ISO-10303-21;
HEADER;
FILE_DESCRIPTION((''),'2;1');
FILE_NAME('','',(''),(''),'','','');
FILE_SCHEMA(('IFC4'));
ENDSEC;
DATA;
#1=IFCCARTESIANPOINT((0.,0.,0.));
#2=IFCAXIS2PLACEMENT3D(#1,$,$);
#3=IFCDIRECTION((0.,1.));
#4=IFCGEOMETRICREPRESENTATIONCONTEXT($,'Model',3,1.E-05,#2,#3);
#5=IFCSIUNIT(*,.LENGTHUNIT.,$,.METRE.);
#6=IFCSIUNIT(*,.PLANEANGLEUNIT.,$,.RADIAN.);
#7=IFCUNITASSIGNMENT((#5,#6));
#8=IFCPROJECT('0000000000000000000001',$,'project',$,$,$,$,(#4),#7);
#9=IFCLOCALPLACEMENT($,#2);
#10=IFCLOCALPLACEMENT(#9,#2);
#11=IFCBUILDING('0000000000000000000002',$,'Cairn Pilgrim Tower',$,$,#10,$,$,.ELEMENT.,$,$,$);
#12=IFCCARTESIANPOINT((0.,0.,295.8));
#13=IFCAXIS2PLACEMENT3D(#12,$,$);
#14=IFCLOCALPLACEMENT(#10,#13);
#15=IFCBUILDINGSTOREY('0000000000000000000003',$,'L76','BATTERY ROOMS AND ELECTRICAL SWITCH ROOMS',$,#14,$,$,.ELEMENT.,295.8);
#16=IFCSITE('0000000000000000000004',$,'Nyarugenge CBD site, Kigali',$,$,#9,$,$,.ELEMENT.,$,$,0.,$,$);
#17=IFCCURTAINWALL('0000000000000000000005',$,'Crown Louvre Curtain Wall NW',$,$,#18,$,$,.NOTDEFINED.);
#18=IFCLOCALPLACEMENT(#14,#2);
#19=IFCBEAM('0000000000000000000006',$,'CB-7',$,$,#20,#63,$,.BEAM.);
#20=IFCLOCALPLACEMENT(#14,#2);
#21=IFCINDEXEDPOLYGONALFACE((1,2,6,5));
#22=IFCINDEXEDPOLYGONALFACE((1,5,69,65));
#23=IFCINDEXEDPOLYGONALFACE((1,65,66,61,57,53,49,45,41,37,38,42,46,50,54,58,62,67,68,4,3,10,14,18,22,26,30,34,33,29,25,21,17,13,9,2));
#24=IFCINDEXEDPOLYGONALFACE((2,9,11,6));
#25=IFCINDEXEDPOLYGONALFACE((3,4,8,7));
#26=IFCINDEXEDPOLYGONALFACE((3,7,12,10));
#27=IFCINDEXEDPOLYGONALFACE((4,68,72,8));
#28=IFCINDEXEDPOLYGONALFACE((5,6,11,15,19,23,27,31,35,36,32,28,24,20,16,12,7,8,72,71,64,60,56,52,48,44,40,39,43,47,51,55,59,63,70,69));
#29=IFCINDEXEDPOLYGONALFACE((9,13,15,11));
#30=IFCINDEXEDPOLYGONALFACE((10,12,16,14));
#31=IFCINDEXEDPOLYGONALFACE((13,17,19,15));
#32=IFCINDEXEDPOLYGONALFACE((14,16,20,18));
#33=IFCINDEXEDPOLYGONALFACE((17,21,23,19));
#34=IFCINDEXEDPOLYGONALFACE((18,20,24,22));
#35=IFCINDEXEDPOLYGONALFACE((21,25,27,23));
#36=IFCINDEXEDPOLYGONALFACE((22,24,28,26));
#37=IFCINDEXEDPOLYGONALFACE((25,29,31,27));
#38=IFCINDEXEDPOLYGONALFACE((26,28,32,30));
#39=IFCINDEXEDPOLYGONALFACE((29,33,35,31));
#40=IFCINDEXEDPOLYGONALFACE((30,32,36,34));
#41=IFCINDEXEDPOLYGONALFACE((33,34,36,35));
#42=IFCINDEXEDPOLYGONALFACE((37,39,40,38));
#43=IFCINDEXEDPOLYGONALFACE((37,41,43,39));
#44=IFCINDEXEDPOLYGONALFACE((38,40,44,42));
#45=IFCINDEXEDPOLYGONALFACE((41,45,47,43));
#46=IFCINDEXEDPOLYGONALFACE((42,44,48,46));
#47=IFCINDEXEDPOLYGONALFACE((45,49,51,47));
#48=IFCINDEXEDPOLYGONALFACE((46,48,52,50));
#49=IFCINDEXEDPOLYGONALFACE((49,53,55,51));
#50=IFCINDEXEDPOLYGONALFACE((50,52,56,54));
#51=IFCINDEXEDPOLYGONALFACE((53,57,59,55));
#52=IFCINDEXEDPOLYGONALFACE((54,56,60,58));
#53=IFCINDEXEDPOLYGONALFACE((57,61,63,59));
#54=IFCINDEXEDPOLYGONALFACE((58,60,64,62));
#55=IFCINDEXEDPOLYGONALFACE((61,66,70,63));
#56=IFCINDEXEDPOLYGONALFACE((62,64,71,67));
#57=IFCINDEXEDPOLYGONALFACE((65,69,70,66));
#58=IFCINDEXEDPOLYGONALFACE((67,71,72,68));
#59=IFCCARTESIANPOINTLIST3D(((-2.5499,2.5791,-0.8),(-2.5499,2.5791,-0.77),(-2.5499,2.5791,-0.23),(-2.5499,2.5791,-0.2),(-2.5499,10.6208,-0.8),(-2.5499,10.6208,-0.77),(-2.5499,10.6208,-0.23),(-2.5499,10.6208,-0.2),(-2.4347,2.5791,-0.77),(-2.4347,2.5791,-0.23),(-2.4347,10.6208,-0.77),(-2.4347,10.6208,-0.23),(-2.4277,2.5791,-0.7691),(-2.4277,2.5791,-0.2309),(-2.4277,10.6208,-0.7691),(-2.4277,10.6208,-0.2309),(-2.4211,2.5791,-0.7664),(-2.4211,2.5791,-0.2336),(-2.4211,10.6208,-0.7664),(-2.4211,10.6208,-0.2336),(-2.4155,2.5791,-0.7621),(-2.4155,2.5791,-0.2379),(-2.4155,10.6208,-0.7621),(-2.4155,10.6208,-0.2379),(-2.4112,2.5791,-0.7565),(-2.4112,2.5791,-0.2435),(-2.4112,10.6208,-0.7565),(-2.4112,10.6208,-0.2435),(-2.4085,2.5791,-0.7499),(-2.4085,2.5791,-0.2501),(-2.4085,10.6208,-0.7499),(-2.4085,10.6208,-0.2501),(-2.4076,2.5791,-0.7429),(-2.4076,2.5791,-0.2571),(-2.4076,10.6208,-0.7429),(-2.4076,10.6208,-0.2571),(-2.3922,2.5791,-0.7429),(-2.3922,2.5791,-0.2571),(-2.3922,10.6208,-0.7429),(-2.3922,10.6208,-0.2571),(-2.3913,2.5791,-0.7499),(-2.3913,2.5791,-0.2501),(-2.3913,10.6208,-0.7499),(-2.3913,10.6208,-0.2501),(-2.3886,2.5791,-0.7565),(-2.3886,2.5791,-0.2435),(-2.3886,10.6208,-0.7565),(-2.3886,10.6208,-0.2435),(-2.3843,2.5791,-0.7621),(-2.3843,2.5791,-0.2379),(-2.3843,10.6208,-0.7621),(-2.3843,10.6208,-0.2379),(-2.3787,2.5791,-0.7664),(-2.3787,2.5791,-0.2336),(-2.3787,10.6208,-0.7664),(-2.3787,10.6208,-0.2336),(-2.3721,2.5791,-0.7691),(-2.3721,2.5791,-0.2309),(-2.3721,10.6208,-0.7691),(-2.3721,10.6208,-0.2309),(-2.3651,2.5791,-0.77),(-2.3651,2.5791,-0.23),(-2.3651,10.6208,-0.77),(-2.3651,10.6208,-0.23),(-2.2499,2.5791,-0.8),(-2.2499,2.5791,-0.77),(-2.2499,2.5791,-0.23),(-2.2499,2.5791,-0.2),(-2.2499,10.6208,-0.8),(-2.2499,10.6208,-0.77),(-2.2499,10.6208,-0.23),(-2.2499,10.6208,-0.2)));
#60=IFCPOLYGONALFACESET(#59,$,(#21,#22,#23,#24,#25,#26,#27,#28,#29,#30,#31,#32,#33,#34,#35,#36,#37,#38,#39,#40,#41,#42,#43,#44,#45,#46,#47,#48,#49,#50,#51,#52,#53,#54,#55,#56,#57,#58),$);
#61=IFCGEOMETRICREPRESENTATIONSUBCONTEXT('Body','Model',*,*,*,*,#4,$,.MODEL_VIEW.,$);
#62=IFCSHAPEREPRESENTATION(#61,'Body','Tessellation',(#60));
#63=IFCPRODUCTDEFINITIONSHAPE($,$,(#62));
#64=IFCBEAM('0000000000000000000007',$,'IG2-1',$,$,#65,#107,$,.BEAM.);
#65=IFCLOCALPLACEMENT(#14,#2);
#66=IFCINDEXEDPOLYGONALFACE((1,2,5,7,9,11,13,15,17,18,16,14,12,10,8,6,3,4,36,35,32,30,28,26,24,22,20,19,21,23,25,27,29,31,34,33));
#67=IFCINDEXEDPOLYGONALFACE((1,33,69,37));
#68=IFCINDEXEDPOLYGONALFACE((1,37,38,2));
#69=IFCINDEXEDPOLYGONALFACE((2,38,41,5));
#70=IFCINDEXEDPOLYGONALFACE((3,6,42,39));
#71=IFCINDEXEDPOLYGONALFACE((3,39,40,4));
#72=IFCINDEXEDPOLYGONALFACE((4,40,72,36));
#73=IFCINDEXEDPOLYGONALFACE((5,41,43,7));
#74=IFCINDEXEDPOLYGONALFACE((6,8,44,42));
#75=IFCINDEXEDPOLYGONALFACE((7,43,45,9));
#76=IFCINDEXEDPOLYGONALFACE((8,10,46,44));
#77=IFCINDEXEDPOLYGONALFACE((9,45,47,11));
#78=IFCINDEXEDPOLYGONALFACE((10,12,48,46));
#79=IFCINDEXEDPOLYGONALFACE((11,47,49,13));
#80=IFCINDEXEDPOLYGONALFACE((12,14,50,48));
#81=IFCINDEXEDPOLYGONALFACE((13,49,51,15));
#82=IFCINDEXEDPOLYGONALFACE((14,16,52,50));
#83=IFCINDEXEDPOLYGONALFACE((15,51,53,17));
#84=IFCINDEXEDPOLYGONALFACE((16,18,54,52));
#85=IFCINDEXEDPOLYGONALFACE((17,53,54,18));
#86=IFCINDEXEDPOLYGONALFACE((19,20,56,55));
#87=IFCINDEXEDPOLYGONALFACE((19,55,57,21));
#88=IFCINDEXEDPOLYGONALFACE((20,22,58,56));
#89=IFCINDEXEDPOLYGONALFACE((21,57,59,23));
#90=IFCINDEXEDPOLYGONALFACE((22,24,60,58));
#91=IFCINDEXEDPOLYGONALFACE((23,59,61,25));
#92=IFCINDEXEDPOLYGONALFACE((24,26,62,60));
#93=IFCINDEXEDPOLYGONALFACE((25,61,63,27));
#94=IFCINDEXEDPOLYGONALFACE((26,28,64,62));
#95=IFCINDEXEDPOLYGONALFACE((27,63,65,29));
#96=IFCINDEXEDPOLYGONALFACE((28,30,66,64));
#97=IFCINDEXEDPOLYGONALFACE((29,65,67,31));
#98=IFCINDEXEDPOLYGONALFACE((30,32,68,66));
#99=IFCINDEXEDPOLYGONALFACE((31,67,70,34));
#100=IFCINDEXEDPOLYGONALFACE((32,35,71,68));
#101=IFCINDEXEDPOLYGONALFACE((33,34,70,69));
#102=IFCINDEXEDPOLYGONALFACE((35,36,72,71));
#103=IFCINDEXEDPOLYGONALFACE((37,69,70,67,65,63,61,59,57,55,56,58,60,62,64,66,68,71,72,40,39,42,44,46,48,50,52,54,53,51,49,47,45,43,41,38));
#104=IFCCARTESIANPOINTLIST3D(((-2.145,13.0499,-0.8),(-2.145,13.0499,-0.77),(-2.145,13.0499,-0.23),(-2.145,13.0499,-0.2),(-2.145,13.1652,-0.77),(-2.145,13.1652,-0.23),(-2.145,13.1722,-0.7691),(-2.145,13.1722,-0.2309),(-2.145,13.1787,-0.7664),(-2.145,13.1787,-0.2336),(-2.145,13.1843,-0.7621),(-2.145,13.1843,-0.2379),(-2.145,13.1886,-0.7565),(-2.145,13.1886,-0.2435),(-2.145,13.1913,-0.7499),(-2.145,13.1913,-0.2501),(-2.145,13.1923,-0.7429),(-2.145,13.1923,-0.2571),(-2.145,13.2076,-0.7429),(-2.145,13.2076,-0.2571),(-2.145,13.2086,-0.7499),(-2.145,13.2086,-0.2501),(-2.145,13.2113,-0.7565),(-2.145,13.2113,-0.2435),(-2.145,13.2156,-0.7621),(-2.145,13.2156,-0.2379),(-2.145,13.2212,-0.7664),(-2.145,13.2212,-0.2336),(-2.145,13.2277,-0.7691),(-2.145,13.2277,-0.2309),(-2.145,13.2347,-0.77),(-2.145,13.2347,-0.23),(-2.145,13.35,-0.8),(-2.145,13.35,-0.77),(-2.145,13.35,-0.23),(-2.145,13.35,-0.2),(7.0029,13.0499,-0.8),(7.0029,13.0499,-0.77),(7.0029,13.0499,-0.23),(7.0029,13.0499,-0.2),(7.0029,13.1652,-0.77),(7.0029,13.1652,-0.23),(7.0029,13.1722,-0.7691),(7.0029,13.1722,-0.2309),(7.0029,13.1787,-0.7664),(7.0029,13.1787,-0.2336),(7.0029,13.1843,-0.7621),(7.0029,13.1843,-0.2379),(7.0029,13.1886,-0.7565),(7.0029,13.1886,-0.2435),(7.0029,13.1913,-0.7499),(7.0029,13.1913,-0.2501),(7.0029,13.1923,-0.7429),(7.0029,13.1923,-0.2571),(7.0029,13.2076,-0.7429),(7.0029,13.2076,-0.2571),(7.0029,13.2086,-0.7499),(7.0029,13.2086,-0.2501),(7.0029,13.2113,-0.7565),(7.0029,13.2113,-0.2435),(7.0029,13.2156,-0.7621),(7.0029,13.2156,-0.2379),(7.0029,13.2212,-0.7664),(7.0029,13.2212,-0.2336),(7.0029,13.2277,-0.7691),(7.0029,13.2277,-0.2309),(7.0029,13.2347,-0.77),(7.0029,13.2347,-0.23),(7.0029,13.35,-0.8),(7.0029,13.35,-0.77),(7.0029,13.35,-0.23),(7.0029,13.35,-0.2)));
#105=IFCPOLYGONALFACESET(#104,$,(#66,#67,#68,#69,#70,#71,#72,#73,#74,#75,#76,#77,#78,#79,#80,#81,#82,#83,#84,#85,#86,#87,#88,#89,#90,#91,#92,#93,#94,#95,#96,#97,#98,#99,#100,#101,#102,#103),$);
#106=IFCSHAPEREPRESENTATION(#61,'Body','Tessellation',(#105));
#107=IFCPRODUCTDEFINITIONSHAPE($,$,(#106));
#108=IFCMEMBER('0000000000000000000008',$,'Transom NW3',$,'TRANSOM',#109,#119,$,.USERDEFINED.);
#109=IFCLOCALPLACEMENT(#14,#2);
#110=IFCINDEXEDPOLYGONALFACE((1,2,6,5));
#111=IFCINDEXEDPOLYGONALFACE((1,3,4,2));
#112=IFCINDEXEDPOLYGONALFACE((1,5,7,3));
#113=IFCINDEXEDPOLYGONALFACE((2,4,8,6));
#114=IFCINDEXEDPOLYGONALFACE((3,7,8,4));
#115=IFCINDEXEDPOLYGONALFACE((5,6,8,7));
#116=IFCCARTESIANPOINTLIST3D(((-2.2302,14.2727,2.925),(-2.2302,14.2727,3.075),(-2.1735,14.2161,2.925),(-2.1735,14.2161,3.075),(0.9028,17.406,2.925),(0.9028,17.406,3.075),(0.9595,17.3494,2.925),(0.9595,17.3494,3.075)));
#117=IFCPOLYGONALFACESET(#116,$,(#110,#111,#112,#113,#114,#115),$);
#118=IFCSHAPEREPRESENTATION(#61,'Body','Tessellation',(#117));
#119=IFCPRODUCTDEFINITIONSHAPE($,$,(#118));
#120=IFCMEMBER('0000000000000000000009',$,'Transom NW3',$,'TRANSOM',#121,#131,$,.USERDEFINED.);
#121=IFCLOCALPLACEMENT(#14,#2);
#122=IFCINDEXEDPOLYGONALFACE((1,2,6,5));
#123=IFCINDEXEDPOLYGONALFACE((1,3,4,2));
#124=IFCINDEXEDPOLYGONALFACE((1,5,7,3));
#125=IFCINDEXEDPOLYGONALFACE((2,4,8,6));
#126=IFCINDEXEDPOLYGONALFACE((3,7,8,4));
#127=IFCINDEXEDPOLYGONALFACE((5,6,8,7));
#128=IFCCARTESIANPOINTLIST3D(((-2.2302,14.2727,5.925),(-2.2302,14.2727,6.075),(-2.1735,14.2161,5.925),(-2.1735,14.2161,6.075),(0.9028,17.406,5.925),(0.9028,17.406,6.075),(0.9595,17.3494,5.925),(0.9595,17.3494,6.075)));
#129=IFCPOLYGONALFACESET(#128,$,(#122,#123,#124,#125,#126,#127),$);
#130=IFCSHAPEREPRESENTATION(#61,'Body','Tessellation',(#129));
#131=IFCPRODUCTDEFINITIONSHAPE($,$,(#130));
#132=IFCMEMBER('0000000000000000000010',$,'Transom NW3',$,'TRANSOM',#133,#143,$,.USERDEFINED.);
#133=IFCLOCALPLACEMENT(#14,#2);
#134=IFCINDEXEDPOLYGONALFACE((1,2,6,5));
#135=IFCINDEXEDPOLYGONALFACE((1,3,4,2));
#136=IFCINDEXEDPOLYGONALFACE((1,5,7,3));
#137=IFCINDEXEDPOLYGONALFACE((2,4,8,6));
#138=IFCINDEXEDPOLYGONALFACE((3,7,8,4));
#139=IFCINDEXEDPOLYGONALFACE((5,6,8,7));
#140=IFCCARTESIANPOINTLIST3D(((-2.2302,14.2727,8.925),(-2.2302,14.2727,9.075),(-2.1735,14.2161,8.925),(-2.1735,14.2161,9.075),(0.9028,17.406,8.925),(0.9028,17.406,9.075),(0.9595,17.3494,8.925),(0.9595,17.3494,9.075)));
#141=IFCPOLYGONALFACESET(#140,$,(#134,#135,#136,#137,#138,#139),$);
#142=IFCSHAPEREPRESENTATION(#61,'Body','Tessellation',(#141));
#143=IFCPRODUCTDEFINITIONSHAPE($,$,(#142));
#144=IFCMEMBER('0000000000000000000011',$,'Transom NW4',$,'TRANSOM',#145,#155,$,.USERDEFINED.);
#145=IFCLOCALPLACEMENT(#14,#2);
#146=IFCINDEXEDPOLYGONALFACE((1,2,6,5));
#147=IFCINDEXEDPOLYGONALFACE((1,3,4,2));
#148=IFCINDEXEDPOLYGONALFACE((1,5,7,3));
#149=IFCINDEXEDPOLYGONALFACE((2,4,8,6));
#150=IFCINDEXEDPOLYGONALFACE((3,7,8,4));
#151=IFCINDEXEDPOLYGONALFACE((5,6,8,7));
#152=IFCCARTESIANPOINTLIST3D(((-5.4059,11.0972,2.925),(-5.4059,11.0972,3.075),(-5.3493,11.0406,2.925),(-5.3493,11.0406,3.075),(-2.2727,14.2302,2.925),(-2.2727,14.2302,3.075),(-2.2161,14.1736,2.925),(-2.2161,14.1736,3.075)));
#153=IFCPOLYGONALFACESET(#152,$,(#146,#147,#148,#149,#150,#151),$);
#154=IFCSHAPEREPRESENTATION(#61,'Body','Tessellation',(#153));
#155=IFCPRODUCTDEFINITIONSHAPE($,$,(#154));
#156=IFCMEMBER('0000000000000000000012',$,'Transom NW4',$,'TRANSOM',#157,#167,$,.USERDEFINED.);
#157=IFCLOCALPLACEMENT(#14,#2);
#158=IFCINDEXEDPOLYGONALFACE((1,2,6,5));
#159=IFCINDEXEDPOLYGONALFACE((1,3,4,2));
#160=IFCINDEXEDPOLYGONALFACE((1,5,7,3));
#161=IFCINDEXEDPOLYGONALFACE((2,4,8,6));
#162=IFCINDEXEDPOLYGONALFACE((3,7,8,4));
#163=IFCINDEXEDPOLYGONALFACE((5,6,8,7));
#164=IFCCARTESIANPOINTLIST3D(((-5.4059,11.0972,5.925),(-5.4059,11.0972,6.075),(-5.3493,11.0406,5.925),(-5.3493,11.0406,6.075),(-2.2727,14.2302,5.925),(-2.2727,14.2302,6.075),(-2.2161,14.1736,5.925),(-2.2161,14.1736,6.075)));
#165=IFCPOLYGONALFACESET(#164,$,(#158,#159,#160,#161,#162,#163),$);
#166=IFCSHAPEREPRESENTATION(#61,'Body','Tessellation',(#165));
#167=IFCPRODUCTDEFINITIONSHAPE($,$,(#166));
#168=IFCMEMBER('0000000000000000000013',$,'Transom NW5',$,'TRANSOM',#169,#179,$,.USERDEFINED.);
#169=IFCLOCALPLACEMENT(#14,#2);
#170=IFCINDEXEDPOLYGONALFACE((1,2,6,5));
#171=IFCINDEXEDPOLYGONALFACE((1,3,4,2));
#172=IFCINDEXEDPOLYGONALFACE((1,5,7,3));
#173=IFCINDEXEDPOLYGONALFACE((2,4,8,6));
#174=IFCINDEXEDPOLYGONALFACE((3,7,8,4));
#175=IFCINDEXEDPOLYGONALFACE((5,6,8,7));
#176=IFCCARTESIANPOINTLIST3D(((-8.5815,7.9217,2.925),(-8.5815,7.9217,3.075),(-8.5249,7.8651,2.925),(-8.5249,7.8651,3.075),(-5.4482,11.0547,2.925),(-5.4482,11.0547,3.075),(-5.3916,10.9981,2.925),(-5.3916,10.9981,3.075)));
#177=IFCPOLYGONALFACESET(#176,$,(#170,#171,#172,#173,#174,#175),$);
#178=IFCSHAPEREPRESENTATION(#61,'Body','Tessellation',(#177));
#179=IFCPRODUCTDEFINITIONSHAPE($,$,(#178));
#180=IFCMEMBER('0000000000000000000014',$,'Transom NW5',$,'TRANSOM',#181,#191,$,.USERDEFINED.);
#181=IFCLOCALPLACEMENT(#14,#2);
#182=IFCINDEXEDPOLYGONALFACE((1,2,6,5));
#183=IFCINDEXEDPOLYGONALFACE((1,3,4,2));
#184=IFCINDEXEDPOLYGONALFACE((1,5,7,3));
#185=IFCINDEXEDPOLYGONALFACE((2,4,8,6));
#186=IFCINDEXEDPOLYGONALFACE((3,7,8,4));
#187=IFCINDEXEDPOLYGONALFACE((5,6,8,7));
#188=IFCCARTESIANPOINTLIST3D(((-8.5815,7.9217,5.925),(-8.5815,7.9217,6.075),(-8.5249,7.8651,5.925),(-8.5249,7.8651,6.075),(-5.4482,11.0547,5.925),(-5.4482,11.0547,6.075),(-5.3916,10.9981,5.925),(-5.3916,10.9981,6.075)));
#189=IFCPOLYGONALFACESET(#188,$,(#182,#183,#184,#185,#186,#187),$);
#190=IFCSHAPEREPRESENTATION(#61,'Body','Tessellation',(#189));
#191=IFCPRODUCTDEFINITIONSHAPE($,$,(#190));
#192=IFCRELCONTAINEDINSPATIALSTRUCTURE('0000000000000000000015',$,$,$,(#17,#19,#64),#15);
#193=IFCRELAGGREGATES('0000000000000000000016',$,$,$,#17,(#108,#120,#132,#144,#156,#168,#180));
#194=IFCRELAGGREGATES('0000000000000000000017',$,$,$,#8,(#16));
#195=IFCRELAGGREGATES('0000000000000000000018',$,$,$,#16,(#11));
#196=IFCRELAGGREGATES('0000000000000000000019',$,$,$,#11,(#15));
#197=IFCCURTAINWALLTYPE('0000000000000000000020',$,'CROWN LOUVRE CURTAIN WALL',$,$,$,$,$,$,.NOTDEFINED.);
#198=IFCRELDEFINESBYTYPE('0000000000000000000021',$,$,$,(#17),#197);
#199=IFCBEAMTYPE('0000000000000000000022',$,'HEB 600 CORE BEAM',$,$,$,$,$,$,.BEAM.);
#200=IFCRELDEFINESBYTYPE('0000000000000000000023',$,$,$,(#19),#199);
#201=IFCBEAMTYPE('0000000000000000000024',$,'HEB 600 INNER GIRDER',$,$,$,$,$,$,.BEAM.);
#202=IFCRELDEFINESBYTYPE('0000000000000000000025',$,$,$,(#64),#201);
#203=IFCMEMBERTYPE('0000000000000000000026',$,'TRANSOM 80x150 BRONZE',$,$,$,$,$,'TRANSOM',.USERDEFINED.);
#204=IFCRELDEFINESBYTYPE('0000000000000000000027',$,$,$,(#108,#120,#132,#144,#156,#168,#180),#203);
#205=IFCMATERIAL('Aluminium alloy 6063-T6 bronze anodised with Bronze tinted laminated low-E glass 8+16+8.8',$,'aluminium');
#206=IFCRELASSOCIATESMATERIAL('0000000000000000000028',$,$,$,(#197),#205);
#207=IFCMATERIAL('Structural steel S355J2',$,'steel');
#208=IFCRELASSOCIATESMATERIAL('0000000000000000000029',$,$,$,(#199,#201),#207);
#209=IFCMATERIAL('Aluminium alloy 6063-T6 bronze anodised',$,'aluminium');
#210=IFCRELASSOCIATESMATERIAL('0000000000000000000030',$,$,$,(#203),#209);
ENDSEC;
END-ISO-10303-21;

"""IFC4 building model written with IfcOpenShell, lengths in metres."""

from ifc_helpers import new_model, si_unit, direction, frame, origin, origin_2d, place, context, subcontext, project, spatial, rectangle, i_section, extrude, material, material_profile, profile_set, type_object, element, aggregate, save


model = new_model("IFC4")

# Units and contexts
model_context = context("Model", 3, precision=1e-05, world=origin(), true_north=direction((0.0, 1.0)))
body_context = subcontext(model_context, "Body", "Model", "MODEL_VIEW")
ifc_project = project(units=[si_unit("LENGTHUNIT", "METRE"), si_unit("PLANEANGLEUNIT", "RADIAN")], contexts=[model_context])

# Site, building, storey
site_placement = place(None, origin())
site = spatial("IfcSite", under=ifc_project, at=site_placement, Name="Nyarugenge CBD site, Kigali", CompositionType="ELEMENT", RefElevation=0.0)
building_placement = place(site_placement, origin())
building = spatial("IfcBuilding", under=site, at=building_placement, Name="Cairn Pilgrim Tower", CompositionType="ELEMENT")
storey_placement = place(building_placement, frame((0.0, 0.0, 295.8)))
storey = spatial("IfcBuildingStorey", under=building, at=storey_placement, Name="L76", Description="BATTERY ROOMS AND ELECTRICAL SWITCH ROOMS", CompositionType="ELEMENT", Elevation=295.8)

# Shared definitions
ifc_material_1 = material(Name="Structural steel S355J2", Category="steel")

# Curtain wall
ifc_material_2 = material(Name="Aluminium alloy 6063-T6 bronze anodised with Bronze tinted laminated low-E glass 8+16+8.8", Category="aluminium")
curtain_wall_type = type_object("IfcCurtainWallType", Name="CROWN LOUVRE CURTAIN WALL", PredefinedType="NOTDEFINED", material=ifc_material_2)
curtain_wall_placement = place(storey_placement, origin())
curtain_wall = element("IfcCurtainWall", 1, at=curtain_wall_placement, inside=storey, type_object=curtain_wall_type, Name="Crown Louvre Curtain Wall NW", PredefinedType="NOTDEFINED")
ifc_material_3 = material(Name="Aluminium alloy 6063-T6 bronze anodised", Category="aluminium")

# Beams
ifc_material_profile_1 = material_profile(ifc_material_1, i_section(OverallWidth=0.3, OverallDepth=0.6001, WebThickness=0.0154, FlangeThickness=0.03, FilletRadius=0.0271, at=origin_2d()), Name="HEB 600")
ifc_profile_set_1 = profile_set([ifc_material_profile_1], Name="Structural steel S355J2")
beam_type_1 = type_object("IfcBeamType", Name="HEB 600 CORE BEAM", PredefinedType="BEAM", material=ifc_profile_set_1)
beam_1_placement = place(storey_placement, frame((-2.3999, 10.6208, -0.5), z_axis=(0.0, -1.0, 0.0), x_axis=(1.0, 0.0, 0.0)))
element("IfcBeam", 2, at=beam_1_placement, inside=storey, type_object=beam_type_1, Name="CB-7", PredefinedType="BEAM", context=body_context, shape_type="SweptSolid", body=[
    extrude(i_section(OverallWidth=0.3, OverallDepth=0.6001, WebThickness=0.0154, FlangeThickness=0.03, FilletRadius=0.0271, at=origin_2d()), origin(), (0.0, 0.0, 1.0), 8.0417),
])
ifc_material_profile_2 = material_profile(ifc_material_1, i_section(OverallWidth=0.3, OverallDepth=0.6001, WebThickness=0.0154, FlangeThickness=0.03, FilletRadius=0.0271, at=origin_2d()), Name="HEB 600")
ifc_profile_set_2 = profile_set([ifc_material_profile_2], Name="Structural steel S355J2")
beam_type_2 = type_object("IfcBeamType", Name="HEB 600 INNER GIRDER", PredefinedType="BEAM", material=ifc_profile_set_2)
beam_2_placement = place(storey_placement, frame((-2.145, 13.2, -0.5), z_axis=(1.0, 0.0, 0.0), x_axis=(0.0, 1.0, 0.0)))
element("IfcBeam", 3, at=beam_2_placement, inside=storey, type_object=beam_type_2, Name="IG2-1", PredefinedType="BEAM", context=body_context, shape_type="SweptSolid", body=[
    extrude(i_section(OverallWidth=0.3, OverallDepth=0.6001, WebThickness=0.0154, FlangeThickness=0.03, FilletRadius=0.0271, at=origin_2d()), origin(), (0.0, 0.0, 1.0), 9.1479),
])

# Members
ifc_material_profile_3 = material_profile(ifc_material_3, rectangle(XDim=0.0801, YDim=0.1499, at=origin_2d()), Name="TRANSOM 80x150 BRONZE")
ifc_profile_set_3 = profile_set([ifc_material_profile_3], Name="Aluminium alloy 6063-T6 bronze anodised")
member_type_1 = type_object("IfcMemberType", Name="TRANSOM 80x150 BRONZE", ElementType="TRANSOM", PredefinedType="USERDEFINED", material=ifc_profile_set_3)
member_1_placement = place(storey_placement, frame((0.9312, 17.3777, 3.0), z_axis=(-0.707079, -0.707134, 0.0), x_axis=(0.707134, -0.707079, 0.0)))
member_1 = element("IfcMember", 4, at=member_1_placement, type_object=member_type_1, Name="Transom NW3", ObjectType="TRANSOM", PredefinedType="USERDEFINED", context=body_context, shape_type="SweptSolid", body=[
    extrude(rectangle(XDim=0.0801, YDim=0.1499, at=origin_2d()), origin(), (0.0, 0.0, 1.0), 4.4309),
])
member_2_placement = place(storey_placement, frame((0.9312, 17.3777, 6.0), z_axis=(-0.707079, -0.707134, 0.0), x_axis=(0.707134, -0.707079, 0.0)))
member_2 = element("IfcMember", 5, at=member_2_placement, type_object=member_type_1, Name="Transom NW3", ObjectType="TRANSOM", PredefinedType="USERDEFINED", context=body_context, shape_type="SweptSolid", body=[
    extrude(rectangle(XDim=0.0801, YDim=0.1499, at=origin_2d()), origin(), (0.0, 0.0, 1.0), 4.4309),
])
member_3_placement = place(storey_placement, frame((0.9312, 17.3777, 9.0), z_axis=(-0.707079, -0.707134, 0.0), x_axis=(0.707134, -0.707079, 0.0)))
member_3 = element("IfcMember", 6, at=member_3_placement, type_object=member_type_1, Name="Transom NW3", ObjectType="TRANSOM", PredefinedType="USERDEFINED", context=body_context, shape_type="SweptSolid", body=[
    extrude(rectangle(XDim=0.0801, YDim=0.1499, at=origin_2d()), origin(), (0.0, 0.0, 1.0), 4.4309),
])
member_4_placement = place(storey_placement, frame((-2.2444, 14.2019, 3.0), z_axis=(-0.707134, -0.707079, 0.0), x_axis=(0.707079, -0.707134, 0.0)))
member_4 = element("IfcMember", 7, at=member_4_placement, type_object=member_type_1, Name="Transom NW4", ObjectType="TRANSOM", PredefinedType="USERDEFINED", context=body_context, shape_type="SweptSolid", body=[
    extrude(rectangle(XDim=0.0801, YDim=0.1499, at=origin_2d()), origin(), (0.0, 0.0, 1.0), 4.4309),
])
member_5_placement = place(storey_placement, frame((-2.2444, 14.2019, 6.0), z_axis=(-0.707134, -0.707079, 0.0), x_axis=(0.707079, -0.707134, 0.0)))
member_5 = element("IfcMember", 8, at=member_5_placement, type_object=member_type_1, Name="Transom NW4", ObjectType="TRANSOM", PredefinedType="USERDEFINED", context=body_context, shape_type="SweptSolid", body=[
    extrude(rectangle(XDim=0.0801, YDim=0.1499, at=origin_2d()), origin(), (0.0, 0.0, 1.0), 4.4309),
])
member_6_placement = place(storey_placement, frame((-5.4199, 11.0264, 3.0), z_axis=(-0.707134, -0.707079, 0.0), x_axis=(0.707079, -0.707134, 0.0)))
member_6 = element("IfcMember", 9, at=member_6_placement, type_object=member_type_1, Name="Transom NW5", ObjectType="TRANSOM", PredefinedType="USERDEFINED", context=body_context, shape_type="SweptSolid", body=[
    extrude(rectangle(XDim=0.0801, YDim=0.1499, at=origin_2d()), origin(), (0.0, 0.0, 1.0), 4.4309),
])
member_7_placement = place(storey_placement, frame((-5.4199, 11.0264, 6.0), z_axis=(-0.707134, -0.707079, 0.0), x_axis=(0.707079, -0.707134, 0.0)))
member_7 = element("IfcMember", 10, at=member_7_placement, type_object=member_type_1, Name="Transom NW5", ObjectType="TRANSOM", PredefinedType="USERDEFINED", context=body_context, shape_type="SweptSolid", body=[
    extrude(rectangle(XDim=0.0801, YDim=0.1499, at=origin_2d()), origin(), (0.0, 0.0, 1.0), 4.4309),
])

aggregate(curtain_wall, [member_1, member_2, member_3, member_4, member_5, member_6, member_7])

save(model, "model.ifc")
